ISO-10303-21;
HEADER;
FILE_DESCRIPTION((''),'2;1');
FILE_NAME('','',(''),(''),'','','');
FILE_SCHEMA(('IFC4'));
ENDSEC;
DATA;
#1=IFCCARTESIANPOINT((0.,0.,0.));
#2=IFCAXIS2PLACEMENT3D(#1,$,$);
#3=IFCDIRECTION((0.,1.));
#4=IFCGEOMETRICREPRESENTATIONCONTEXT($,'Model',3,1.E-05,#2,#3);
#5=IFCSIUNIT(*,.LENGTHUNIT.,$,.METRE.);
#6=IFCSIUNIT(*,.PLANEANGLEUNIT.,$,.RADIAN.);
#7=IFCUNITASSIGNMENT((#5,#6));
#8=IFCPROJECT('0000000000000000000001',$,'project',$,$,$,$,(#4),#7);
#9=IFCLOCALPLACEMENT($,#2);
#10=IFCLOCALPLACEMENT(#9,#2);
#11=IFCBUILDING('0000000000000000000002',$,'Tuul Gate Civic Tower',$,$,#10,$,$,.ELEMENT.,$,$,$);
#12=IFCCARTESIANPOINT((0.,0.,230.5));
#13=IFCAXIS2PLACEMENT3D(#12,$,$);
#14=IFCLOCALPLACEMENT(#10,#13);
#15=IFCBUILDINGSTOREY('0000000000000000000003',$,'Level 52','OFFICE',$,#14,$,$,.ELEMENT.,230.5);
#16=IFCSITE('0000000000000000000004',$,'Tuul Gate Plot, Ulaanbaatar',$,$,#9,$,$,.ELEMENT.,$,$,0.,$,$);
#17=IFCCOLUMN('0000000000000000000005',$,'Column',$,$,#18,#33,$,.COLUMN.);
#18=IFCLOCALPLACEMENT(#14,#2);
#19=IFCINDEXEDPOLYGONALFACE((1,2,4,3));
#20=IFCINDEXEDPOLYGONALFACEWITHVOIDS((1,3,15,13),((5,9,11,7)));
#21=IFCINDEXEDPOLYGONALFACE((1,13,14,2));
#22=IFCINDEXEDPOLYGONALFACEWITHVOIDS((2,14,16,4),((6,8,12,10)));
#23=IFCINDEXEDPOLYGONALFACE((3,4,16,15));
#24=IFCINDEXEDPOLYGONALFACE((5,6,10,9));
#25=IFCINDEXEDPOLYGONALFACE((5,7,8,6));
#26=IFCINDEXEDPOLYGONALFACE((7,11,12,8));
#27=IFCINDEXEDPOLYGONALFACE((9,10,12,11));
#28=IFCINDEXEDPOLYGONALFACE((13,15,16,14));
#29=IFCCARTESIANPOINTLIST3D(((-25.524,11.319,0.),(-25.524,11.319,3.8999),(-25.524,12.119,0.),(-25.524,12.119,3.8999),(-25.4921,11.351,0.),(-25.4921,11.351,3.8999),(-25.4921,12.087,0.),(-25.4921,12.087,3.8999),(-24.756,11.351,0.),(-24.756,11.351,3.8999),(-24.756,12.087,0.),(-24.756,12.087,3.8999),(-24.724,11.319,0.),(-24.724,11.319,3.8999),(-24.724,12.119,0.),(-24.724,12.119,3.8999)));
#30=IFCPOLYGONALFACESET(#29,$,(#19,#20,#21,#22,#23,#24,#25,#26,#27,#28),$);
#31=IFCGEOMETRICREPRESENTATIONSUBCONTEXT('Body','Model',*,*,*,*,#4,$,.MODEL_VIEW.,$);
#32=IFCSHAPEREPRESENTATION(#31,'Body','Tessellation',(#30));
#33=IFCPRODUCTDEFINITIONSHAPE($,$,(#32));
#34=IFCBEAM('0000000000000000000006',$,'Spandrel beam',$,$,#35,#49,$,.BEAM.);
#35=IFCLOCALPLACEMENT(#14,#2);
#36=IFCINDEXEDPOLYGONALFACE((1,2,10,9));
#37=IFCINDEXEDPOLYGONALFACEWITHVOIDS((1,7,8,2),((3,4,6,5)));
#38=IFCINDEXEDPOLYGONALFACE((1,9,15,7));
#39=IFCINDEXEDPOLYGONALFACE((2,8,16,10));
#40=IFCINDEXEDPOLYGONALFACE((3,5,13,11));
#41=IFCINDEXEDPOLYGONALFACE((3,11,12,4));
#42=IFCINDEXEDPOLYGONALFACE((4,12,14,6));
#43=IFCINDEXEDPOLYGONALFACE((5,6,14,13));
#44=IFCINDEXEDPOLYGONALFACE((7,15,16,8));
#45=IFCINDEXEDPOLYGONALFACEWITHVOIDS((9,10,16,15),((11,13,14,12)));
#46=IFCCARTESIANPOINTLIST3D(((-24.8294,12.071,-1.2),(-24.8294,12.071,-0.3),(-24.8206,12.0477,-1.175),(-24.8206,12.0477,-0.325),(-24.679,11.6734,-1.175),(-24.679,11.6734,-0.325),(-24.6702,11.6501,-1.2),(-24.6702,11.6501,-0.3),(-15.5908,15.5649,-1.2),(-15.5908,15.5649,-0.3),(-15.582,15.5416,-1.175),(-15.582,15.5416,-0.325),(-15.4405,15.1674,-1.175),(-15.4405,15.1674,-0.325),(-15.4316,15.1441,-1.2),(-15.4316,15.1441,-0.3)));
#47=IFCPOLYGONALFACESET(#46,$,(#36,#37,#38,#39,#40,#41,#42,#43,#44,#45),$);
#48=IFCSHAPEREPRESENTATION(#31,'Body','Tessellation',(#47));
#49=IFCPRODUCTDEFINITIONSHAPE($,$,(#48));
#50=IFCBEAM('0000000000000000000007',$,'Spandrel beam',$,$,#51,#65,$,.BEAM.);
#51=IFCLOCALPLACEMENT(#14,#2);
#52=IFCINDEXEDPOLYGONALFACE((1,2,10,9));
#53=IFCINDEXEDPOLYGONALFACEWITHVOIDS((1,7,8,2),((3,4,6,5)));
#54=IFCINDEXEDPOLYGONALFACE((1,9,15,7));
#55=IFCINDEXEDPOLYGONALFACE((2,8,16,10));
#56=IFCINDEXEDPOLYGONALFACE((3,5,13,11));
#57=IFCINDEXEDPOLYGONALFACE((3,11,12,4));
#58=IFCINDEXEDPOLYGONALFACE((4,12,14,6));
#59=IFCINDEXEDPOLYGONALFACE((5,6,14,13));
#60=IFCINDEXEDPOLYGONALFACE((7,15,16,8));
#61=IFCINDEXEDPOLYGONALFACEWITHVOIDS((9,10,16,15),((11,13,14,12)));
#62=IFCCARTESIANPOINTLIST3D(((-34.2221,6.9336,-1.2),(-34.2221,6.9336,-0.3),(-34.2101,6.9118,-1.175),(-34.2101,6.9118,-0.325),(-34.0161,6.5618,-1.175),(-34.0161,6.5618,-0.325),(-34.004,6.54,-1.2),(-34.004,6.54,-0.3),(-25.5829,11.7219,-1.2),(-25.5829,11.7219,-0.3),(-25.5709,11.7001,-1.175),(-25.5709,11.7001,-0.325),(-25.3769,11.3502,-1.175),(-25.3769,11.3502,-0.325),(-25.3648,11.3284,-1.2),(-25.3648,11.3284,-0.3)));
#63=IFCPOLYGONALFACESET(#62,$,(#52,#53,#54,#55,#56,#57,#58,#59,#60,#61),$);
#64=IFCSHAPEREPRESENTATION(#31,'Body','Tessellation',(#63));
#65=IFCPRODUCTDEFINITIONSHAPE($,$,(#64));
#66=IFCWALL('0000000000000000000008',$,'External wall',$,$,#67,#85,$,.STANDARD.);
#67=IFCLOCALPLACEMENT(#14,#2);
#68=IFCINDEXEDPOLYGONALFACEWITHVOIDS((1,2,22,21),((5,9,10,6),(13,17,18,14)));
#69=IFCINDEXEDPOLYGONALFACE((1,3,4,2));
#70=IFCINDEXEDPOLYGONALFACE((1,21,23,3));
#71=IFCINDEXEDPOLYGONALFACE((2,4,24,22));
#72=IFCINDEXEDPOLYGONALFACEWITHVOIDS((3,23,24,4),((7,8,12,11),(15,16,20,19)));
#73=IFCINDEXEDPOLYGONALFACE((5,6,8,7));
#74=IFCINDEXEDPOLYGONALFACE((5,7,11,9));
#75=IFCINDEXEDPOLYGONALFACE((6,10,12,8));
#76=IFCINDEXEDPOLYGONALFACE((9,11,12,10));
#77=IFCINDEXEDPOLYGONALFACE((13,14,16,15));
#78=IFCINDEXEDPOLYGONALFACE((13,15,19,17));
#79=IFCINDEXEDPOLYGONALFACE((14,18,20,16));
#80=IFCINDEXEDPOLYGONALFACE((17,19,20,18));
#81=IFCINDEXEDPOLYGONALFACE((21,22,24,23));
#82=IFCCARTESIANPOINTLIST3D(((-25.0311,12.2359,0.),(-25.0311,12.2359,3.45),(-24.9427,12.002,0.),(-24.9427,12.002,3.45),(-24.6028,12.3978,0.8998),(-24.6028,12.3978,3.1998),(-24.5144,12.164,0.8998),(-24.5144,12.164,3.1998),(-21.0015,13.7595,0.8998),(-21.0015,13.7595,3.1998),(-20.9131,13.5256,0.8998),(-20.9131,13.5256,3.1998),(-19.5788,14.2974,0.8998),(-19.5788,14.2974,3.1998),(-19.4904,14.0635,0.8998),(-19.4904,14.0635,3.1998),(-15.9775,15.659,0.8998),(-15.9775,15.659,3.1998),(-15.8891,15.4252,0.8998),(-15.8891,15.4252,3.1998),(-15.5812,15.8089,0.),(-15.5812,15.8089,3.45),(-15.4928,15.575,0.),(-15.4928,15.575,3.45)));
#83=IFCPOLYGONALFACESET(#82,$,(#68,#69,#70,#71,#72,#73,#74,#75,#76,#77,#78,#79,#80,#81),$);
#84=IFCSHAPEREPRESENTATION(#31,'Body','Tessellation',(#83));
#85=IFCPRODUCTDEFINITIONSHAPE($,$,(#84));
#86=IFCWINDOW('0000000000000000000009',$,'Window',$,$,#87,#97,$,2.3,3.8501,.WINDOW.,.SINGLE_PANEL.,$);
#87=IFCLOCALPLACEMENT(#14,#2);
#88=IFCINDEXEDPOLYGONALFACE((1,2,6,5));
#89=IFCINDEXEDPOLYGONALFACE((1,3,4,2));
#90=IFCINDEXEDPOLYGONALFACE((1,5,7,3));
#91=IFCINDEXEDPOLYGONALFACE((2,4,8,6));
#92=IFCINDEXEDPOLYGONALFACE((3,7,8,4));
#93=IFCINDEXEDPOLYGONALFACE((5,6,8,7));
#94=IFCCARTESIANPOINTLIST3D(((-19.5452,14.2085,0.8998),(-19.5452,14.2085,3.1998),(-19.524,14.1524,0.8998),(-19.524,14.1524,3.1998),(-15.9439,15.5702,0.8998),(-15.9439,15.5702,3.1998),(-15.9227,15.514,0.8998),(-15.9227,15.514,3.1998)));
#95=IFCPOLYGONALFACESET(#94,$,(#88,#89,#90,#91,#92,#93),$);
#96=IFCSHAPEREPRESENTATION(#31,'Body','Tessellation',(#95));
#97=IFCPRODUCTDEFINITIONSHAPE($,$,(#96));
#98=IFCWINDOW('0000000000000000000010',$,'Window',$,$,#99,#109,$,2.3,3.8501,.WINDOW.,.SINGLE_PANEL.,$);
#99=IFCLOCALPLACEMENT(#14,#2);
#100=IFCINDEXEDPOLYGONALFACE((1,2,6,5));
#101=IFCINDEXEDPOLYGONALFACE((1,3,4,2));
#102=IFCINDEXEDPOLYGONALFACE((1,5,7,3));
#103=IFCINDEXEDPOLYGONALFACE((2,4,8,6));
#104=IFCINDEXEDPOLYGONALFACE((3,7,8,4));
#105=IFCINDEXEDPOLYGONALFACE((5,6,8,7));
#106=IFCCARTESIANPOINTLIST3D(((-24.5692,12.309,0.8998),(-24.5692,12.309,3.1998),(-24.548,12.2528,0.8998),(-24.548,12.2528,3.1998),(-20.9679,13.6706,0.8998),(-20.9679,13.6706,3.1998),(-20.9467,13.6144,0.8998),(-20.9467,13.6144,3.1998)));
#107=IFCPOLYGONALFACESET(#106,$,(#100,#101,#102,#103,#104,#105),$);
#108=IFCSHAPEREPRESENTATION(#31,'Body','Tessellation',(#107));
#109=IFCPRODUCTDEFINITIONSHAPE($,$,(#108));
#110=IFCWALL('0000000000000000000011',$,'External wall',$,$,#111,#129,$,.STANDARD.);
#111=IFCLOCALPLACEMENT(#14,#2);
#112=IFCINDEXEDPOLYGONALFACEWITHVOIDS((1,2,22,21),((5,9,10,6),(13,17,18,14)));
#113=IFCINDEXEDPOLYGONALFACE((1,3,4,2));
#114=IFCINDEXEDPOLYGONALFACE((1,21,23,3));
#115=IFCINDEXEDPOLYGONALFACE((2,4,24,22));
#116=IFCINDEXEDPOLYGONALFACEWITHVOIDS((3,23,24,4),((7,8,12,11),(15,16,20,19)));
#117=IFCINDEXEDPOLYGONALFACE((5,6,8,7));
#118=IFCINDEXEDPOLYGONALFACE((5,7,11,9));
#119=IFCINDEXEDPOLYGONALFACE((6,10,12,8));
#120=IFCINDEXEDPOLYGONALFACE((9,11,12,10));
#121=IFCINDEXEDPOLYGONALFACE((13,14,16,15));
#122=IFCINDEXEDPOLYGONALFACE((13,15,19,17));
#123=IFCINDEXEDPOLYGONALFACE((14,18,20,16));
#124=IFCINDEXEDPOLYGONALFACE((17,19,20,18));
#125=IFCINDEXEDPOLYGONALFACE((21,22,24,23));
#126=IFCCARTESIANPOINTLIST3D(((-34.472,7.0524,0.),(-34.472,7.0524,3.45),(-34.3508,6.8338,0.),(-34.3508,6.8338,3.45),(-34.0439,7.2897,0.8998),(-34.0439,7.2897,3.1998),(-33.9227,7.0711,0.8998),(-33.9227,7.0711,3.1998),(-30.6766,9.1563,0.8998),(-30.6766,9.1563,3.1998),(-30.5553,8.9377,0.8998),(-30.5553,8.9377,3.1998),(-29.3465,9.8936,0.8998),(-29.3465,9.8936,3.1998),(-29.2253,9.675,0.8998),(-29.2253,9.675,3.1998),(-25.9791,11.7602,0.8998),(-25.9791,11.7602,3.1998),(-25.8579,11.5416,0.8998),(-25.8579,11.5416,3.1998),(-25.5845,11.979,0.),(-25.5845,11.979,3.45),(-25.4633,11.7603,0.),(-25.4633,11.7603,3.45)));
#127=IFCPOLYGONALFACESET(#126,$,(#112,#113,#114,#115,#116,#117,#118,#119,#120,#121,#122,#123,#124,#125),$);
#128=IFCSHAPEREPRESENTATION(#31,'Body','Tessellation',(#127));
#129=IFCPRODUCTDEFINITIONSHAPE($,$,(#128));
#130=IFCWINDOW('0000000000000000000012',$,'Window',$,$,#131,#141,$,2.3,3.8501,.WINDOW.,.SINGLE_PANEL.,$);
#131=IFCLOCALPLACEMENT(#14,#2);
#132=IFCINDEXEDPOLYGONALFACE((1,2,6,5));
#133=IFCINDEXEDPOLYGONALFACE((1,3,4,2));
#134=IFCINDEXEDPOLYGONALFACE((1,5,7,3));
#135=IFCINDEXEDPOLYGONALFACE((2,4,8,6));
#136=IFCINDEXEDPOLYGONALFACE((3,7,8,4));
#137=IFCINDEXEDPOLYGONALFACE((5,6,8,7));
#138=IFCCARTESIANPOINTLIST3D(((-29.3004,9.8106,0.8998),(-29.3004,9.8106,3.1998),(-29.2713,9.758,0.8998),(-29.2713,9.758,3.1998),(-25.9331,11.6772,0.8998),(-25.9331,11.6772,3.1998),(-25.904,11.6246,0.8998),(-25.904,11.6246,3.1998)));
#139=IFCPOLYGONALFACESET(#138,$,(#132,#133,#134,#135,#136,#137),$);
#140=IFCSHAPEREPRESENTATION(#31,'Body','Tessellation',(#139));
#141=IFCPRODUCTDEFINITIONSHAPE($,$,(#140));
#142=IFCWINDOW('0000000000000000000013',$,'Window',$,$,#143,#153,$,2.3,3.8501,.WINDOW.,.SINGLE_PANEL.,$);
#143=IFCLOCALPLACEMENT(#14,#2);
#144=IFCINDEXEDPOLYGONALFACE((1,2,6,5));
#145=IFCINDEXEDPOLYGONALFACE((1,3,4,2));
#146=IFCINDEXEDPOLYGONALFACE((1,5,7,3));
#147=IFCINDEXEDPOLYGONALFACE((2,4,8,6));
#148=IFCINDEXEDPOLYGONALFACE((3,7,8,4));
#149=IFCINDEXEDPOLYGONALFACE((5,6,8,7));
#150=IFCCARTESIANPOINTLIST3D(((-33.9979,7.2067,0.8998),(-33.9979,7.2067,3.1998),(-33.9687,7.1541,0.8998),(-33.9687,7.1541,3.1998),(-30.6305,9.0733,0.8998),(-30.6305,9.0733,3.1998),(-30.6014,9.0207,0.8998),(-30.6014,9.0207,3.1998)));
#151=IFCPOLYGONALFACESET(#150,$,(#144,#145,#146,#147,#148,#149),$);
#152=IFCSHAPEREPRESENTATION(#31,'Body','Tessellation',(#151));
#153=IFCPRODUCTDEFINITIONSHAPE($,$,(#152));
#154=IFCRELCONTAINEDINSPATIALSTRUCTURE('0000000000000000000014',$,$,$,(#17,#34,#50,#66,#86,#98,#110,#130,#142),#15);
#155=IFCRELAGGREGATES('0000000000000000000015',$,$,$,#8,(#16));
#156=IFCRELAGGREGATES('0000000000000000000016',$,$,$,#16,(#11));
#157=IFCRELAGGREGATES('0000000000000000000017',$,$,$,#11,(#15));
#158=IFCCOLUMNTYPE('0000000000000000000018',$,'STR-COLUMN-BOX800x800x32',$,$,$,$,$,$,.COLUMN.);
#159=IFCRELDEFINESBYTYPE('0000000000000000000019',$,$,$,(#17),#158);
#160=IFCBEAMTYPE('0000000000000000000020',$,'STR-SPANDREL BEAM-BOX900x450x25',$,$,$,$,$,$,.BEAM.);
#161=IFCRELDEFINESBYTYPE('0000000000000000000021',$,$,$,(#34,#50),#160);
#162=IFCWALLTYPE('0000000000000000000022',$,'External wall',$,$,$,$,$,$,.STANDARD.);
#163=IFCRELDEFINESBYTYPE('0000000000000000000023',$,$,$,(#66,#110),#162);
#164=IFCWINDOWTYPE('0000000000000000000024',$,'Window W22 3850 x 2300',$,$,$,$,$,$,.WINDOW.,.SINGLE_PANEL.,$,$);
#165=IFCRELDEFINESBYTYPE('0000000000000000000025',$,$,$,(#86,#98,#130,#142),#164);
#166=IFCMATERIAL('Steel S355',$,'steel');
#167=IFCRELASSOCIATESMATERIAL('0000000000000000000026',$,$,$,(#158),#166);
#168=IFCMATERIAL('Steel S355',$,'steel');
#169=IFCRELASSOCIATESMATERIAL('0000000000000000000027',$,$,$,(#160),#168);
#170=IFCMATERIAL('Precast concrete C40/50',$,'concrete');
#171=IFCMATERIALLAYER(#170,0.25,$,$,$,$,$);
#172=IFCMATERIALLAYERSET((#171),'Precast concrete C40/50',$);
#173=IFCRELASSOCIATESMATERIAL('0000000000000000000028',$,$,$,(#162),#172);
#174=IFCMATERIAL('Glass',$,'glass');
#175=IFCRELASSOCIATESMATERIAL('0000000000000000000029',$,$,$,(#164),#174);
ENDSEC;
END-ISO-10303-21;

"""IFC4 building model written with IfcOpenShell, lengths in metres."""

from ifc_helpers import new_model, si_unit, direction, frame, frame_2d, origin, origin_2d, place, context, subcontext, project, spatial, rectangle, hollow_rectangle, extrude, material, layer, layer_set, material_profile, profile_set, type_object, element, fill, save


model = new_model("IFC4")

# Units and contexts
model_context = context("Model", 3, precision=1e-05, world=origin(), true_north=direction((0.0, 1.0)))
body_context = subcontext(model_context, "Body", "Model", "MODEL_VIEW")
ifc_project = project(units=[si_unit("LENGTHUNIT", "METRE"), si_unit("PLANEANGLEUNIT", "RADIAN")], contexts=[model_context])

# Site, building, storey
site_placement = place(None, origin())
site = spatial("IfcSite", under=ifc_project, at=site_placement, Name="Tuul Gate Plot, Ulaanbaatar", CompositionType="ELEMENT", RefElevation=0.0)
building_placement = place(site_placement, origin())
building = spatial("IfcBuilding", under=site, at=building_placement, Name="Tuul Gate Civic Tower", CompositionType="ELEMENT")
storey_placement = place(building_placement, frame((0.0, 0.0, 230.5)))
storey = spatial("IfcBuildingStorey", under=building, at=storey_placement, Name="Level 52", Description="OFFICE", CompositionType="ELEMENT", Elevation=230.5)

# Column
ifc_material_1 = material(Name="Steel S355", Category="steel")
ifc_material_profile_1 = material_profile(ifc_material_1, hollow_rectangle(XDim=0.8, YDim=0.8, WallThickness=0.032, at=origin_2d()), Name="BOX800x800x32")
ifc_profile_set_1 = profile_set([ifc_material_profile_1], Name="Steel S355")
column_type = type_object("IfcColumnType", Name="STR-COLUMN-BOX800x800x32", PredefinedType="COLUMN", material=ifc_profile_set_1)
column_placement = place(storey_placement, frame((-25.124, 11.719, 0.0), z_axis=(0.0, 0.0, 1.0), x_axis=(1.0, 0.0, 0.0)))
element("IfcColumn", 1, at=column_placement, inside=storey, type_object=column_type, Name="Column", PredefinedType="COLUMN", context=body_context, shape_type="SweptSolid", body=[
    extrude(hollow_rectangle(XDim=0.8, YDim=0.8, WallThickness=0.032, at=origin_2d()), origin(), (0.0, 0.0, 1.0), 3.8999),
])

# Beams
ifc_material_2 = material(Name="Steel S355", Category="steel")
ifc_material_profile_2 = material_profile(ifc_material_2, hollow_rectangle(XDim=0.45, YDim=0.8999, WallThickness=0.0249, at=origin_2d()), Name="BOX900x450x25")
ifc_profile_set_2 = profile_set([ifc_material_profile_2], Name="Steel S355")
beam_type = type_object("IfcBeamType", Name="STR-SPANDREL BEAM-BOX900x450x25", PredefinedType="BEAM", material=ifc_profile_set_2)
beam_1_placement = place(storey_placement, frame((-15.5112, 15.3545, -0.75), z_axis=(-0.935345, -0.353736, 0.0), x_axis=(0.353736, -0.935345, 0.0)))
element("IfcBeam", 2, at=beam_1_placement, inside=storey, type_object=beam_type, Name="Spandrel beam", PredefinedType="BEAM", context=body_context, shape_type="SweptSolid", body=[
    extrude(hollow_rectangle(XDim=0.45, YDim=0.8999, WallThickness=0.0249, at=origin_2d()), origin(), (0.0, 0.0, 1.0), 9.8772),
])
beam_2_placement = place(storey_placement, frame((-25.4739, 11.5251, -0.75), z_axis=(-0.874638, -0.484776, 0.0), x_axis=(0.484776, -0.874638, 0.0)))
element("IfcBeam", 3, at=beam_2_placement, inside=storey, type_object=beam_type, Name="Spandrel beam", PredefinedType="BEAM", context=body_context, shape_type="SweptSolid", body=[
    extrude(hollow_rectangle(XDim=0.45, YDim=0.8999, WallThickness=0.0249, at=origin_2d()), origin(), (0.0, 0.0, 1.0), 9.8774),
])

# Walls, openings, windows
ifc_material_3 = material(Name="Precast concrete C40/50", Category="concrete")
ifc_layer_1 = layer(ifc_material_3, 0.25)
ifc_layer_set_1 = layer_set([ifc_layer_1], Name="Precast concrete C40/50")
wall_type_1 = type_object("IfcWallType", Name="External wall", PredefinedType="STANDARD", material=ifc_layer_set_1)
wall_1_placement = place(storey_placement, frame((-15.5371, 15.6919, 0.0), z_axis=(0.0, 0.0, 1.0), x_axis=(-0.935373, -0.353662, 0.0)))
wall_1 = element("IfcWall", 4, at=wall_1_placement, inside=storey, type_object=wall_type_1, Name="External wall", PredefinedType="STANDARD", context=body_context, shape_type="SweptSolid", body=[
    extrude(rectangle(XDim=10.1028, YDim=0.25, at=frame_2d((5.0513, 0.0))), origin(), (0.0, 0.0, 1.0), 3.45),
])
opening_1_placement = place(wall_1_placement, frame((0.4236, 0.0, 0.8999)))
opening_1 = element("IfcOpeningElement", 5, at=opening_1_placement, cuts=wall_1, PredefinedType="OPENING", context=body_context, shape_type="SweptSolid", body=[
    extrude(rectangle(XDim=3.8501, YDim=2.3, at=frame_2d((1.925, 1.1499))), frame((0.0, 0.135, 0.0), z_axis=(0.0, -1.0, 0.0), x_axis=(1.0, 0.0, 0.0)), (0.0, 0.0, 1.0), 0.27),
])
opening_2_placement = place(wall_1_placement, frame((5.7947, 0.0, 0.8999)))
opening_2 = element("IfcOpeningElement", 6, at=opening_2_placement, cuts=wall_1, PredefinedType="OPENING", context=body_context, shape_type="SweptSolid", body=[
    extrude(rectangle(XDim=3.8501, YDim=2.3, at=frame_2d((1.925, 1.1499))), frame((0.0, 0.135, 0.0), z_axis=(0.0, -1.0, 0.0), x_axis=(1.0, 0.0, 0.0)), (0.0, 0.0, 1.0), 0.27),
])
ifc_material_4 = material(Name="Glass", Category="glass")
window_type = type_object("IfcWindowType", Name="Window W22 3850 x 2300", PartitioningType="SINGLE_PANEL", PredefinedType="WINDOW", material=ifc_material_4)
window_1_placement = place(opening_1_placement, origin())
window_1 = element("IfcWindow", 7, at=window_1_placement, inside=storey, type_object=window_type, Name="Window", OverallHeight=2.3, OverallWidth=3.8501, PartitioningType="SINGLE_PANEL", PredefinedType="WINDOW", context=body_context, shape_type="SweptSolid", body=[
    extrude(rectangle(XDim=3.8501, YDim=2.3, at=frame_2d((1.925, 1.1499))), frame((0.0, 0.03, 0.0), z_axis=(0.0, -1.0, 0.0), x_axis=(1.0, 0.0, 0.0)), (0.0, 0.0, 1.0), 0.0601),
])
fill(opening_1, window_1)
window_2_placement = place(opening_2_placement, origin())
window_2 = element("IfcWindow", 8, at=window_2_placement, inside=storey, type_object=window_type, Name="Window", OverallHeight=2.3, OverallWidth=3.8501, PartitioningType="SINGLE_PANEL", PredefinedType="WINDOW", context=body_context, shape_type="SweptSolid", body=[
    extrude(rectangle(XDim=3.8501, YDim=2.3, at=frame_2d((1.925, 1.1499))), frame((0.0, 0.03, 0.0), z_axis=(0.0, -1.0, 0.0), x_axis=(1.0, 0.0, 0.0)), (0.0, 0.0, 1.0), 0.0601),
])
fill(opening_2, window_2)
wall_2_placement = place(storey_placement, frame((-25.5239, 11.8696, 0.0), z_axis=(0.0, 0.0, 1.0), x_axis=(-0.874615, -0.484819, 0.0)))
wall_2 = element("IfcWall", 9, at=wall_2_placement, inside=storey, type_object=wall_type_1, Name="External wall", PredefinedType="STANDARD", context=body_context, shape_type="SweptSolid", body=[
    extrude(rectangle(XDim=10.1616, YDim=0.25, at=frame_2d((5.0808, 0.0))), origin(), (0.0, 0.0, 1.0), 3.45),
])
opening_3_placement = place(wall_2_placement, frame((0.4512, 0.0, 0.8999)))
opening_3 = element("IfcOpeningElement", 10, at=opening_3_placement, cuts=wall_2, PredefinedType="OPENING", context=body_context, shape_type="SweptSolid", body=[
    extrude(rectangle(XDim=3.8501, YDim=2.3, at=frame_2d((1.925, 1.1499))), frame((0.0, 0.135, 0.0), z_axis=(0.0, -1.0, 0.0), x_axis=(1.0, 0.0, 0.0)), (0.0, 0.0, 1.0), 0.27),
])
opening_4_placement = place(wall_2_placement, frame((5.822, 0.0, 0.8999)))
opening_4 = element("IfcOpeningElement", 11, at=opening_4_placement, cuts=wall_2, PredefinedType="OPENING", context=body_context, shape_type="SweptSolid", body=[
    extrude(rectangle(XDim=3.8501, YDim=2.3, at=frame_2d((1.925, 1.1499))), frame((0.0, 0.135, 0.0), z_axis=(0.0, -1.0, 0.0), x_axis=(1.0, 0.0, 0.0)), (0.0, 0.0, 1.0), 0.27),
])
window_3_placement = place(opening_3_placement, origin())
window_3 = element("IfcWindow", 12, at=window_3_placement, inside=storey, type_object=window_type, Name="Window", OverallHeight=2.3, OverallWidth=3.8501, PartitioningType="SINGLE_PANEL", PredefinedType="WINDOW", context=body_context, shape_type="SweptSolid", body=[
    extrude(rectangle(XDim=3.8501, YDim=2.3, at=frame_2d((1.925, 1.1499))), frame((0.0, 0.03, 0.0), z_axis=(0.0, -1.0, 0.0), x_axis=(1.0, 0.0, 0.0)), (0.0, 0.0, 1.0), 0.0601),
])
fill(opening_3, window_3)
window_4_placement = place(opening_4_placement, origin())
window_4 = element("IfcWindow", 13, at=window_4_placement, inside=storey, type_object=window_type, Name="Window", OverallHeight=2.3, OverallWidth=3.8501, PartitioningType="SINGLE_PANEL", PredefinedType="WINDOW", context=body_context, shape_type="SweptSolid", body=[
    extrude(rectangle(XDim=3.8501, YDim=2.3, at=frame_2d((1.925, 1.1499))), frame((0.0, 0.03, 0.0), z_axis=(0.0, -1.0, 0.0), x_axis=(1.0, 0.0, 0.0)), (0.0, 0.0, 1.0), 0.0601),
])
fill(opening_4, window_4)

save(model, "model.ifc")
